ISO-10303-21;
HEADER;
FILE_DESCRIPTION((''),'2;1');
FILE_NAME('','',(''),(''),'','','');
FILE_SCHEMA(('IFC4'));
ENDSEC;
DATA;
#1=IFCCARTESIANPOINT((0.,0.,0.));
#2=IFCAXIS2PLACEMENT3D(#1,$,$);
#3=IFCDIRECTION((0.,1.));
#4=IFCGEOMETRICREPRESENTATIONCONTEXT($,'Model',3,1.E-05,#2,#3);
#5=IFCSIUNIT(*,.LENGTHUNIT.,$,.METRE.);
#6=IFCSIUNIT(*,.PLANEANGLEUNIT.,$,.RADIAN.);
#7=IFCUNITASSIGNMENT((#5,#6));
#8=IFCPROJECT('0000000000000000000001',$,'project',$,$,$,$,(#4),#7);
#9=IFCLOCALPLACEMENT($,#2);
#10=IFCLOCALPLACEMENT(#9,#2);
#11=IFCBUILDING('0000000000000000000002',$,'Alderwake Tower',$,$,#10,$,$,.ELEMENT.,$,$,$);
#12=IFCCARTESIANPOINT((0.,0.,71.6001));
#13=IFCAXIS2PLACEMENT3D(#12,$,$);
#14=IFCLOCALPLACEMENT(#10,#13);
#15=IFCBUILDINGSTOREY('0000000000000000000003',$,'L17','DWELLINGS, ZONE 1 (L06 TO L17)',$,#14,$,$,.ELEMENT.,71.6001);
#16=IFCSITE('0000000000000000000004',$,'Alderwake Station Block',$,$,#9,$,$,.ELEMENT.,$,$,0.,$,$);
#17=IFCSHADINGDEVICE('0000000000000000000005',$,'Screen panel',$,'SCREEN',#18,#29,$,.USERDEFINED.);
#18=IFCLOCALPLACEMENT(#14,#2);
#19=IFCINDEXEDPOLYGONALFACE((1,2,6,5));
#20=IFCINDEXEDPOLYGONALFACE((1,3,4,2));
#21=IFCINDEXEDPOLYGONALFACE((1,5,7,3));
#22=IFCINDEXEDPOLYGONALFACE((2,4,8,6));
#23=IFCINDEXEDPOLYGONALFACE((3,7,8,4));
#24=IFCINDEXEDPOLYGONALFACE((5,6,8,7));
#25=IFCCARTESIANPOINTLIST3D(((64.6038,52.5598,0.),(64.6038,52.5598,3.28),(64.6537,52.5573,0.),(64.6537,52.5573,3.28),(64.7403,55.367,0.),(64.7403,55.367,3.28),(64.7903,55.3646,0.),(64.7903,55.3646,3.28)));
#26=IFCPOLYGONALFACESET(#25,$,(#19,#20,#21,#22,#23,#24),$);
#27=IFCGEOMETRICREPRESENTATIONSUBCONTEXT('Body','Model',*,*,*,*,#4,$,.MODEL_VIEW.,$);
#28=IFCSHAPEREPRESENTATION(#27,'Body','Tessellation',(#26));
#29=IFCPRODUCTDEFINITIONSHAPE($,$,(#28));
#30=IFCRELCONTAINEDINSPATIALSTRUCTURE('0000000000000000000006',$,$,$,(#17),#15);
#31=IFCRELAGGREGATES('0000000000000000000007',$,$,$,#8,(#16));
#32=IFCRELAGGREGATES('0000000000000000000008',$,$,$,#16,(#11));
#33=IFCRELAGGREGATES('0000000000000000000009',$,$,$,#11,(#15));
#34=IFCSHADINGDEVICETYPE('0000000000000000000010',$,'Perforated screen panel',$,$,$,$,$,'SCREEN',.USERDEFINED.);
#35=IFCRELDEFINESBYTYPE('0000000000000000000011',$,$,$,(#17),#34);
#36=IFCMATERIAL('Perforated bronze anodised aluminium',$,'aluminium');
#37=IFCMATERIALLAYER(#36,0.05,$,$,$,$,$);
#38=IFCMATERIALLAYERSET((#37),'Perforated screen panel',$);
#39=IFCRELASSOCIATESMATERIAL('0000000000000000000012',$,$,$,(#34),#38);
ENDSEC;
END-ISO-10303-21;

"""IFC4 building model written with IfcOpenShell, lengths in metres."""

from ifc_helpers import new_model, si_unit, direction, frame, origin, origin_2d, place, context, subcontext, project, spatial, rectangle, extrude, material, layer, layer_set, type_object, element, save


model = new_model("IFC4")

# Units and contexts
model_context = context("Model", 3, precision=1e-05, world=origin(), true_north=direction((0.0, 1.0)))
body_context = subcontext(model_context, "Body", "Model", "MODEL_VIEW")
ifc_project = project(units=[si_unit("LENGTHUNIT", "METRE"), si_unit("PLANEANGLEUNIT", "RADIAN")], contexts=[model_context])

# Site, building, storey
site_placement = place(None, origin())
site = spatial("IfcSite", under=ifc_project, at=site_placement, Name="Alderwake Station Block", CompositionType="ELEMENT", RefElevation=0.0)
building_placement = place(site_placement, origin())
building = spatial("IfcBuilding", under=site, at=building_placement, Name="Alderwake Tower", CompositionType="ELEMENT")
storey_placement = place(building_placement, frame((0.0, 0.0, 71.6001)))
storey = spatial("IfcBuildingStorey", under=building, at=storey_placement, Name="L17", Description="DWELLINGS, ZONE 1 (L06 TO L17)", CompositionType="ELEMENT", Elevation=71.6001)

# Shading device
ifc_material_1 = material(Name="Perforated bronze anodised aluminium", Category="aluminium")
ifc_layer_1 = layer(ifc_material_1, 0.05)
ifc_layer_set_1 = layer_set([ifc_layer_1], Name="Perforated screen panel")
shading_device_type_1 = type_object("IfcShadingDeviceType", Name="Perforated screen panel", ElementType="SCREEN", PredefinedType="USERDEFINED", material=ifc_layer_set_1)
shading_device_placement = place(storey_placement, frame((64.697, 53.9622, 0.0), z_axis=(0.0, 0.0, 1.0), x_axis=(0.998819, -0.048581, 0.0)))
element("IfcShadingDevice", 1, at=shading_device_placement, inside=storey, type_object=shading_device_type_1, Name="Screen panel", ObjectType="SCREEN", PredefinedType="USERDEFINED", context=body_context, shape_type="SweptSolid", body=[
    extrude(rectangle(XDim=0.05, YDim=2.8105, at=origin_2d()), origin(), (0.0, 0.0, 1.0), 3.28),
])

save(model, "model.ifc")
